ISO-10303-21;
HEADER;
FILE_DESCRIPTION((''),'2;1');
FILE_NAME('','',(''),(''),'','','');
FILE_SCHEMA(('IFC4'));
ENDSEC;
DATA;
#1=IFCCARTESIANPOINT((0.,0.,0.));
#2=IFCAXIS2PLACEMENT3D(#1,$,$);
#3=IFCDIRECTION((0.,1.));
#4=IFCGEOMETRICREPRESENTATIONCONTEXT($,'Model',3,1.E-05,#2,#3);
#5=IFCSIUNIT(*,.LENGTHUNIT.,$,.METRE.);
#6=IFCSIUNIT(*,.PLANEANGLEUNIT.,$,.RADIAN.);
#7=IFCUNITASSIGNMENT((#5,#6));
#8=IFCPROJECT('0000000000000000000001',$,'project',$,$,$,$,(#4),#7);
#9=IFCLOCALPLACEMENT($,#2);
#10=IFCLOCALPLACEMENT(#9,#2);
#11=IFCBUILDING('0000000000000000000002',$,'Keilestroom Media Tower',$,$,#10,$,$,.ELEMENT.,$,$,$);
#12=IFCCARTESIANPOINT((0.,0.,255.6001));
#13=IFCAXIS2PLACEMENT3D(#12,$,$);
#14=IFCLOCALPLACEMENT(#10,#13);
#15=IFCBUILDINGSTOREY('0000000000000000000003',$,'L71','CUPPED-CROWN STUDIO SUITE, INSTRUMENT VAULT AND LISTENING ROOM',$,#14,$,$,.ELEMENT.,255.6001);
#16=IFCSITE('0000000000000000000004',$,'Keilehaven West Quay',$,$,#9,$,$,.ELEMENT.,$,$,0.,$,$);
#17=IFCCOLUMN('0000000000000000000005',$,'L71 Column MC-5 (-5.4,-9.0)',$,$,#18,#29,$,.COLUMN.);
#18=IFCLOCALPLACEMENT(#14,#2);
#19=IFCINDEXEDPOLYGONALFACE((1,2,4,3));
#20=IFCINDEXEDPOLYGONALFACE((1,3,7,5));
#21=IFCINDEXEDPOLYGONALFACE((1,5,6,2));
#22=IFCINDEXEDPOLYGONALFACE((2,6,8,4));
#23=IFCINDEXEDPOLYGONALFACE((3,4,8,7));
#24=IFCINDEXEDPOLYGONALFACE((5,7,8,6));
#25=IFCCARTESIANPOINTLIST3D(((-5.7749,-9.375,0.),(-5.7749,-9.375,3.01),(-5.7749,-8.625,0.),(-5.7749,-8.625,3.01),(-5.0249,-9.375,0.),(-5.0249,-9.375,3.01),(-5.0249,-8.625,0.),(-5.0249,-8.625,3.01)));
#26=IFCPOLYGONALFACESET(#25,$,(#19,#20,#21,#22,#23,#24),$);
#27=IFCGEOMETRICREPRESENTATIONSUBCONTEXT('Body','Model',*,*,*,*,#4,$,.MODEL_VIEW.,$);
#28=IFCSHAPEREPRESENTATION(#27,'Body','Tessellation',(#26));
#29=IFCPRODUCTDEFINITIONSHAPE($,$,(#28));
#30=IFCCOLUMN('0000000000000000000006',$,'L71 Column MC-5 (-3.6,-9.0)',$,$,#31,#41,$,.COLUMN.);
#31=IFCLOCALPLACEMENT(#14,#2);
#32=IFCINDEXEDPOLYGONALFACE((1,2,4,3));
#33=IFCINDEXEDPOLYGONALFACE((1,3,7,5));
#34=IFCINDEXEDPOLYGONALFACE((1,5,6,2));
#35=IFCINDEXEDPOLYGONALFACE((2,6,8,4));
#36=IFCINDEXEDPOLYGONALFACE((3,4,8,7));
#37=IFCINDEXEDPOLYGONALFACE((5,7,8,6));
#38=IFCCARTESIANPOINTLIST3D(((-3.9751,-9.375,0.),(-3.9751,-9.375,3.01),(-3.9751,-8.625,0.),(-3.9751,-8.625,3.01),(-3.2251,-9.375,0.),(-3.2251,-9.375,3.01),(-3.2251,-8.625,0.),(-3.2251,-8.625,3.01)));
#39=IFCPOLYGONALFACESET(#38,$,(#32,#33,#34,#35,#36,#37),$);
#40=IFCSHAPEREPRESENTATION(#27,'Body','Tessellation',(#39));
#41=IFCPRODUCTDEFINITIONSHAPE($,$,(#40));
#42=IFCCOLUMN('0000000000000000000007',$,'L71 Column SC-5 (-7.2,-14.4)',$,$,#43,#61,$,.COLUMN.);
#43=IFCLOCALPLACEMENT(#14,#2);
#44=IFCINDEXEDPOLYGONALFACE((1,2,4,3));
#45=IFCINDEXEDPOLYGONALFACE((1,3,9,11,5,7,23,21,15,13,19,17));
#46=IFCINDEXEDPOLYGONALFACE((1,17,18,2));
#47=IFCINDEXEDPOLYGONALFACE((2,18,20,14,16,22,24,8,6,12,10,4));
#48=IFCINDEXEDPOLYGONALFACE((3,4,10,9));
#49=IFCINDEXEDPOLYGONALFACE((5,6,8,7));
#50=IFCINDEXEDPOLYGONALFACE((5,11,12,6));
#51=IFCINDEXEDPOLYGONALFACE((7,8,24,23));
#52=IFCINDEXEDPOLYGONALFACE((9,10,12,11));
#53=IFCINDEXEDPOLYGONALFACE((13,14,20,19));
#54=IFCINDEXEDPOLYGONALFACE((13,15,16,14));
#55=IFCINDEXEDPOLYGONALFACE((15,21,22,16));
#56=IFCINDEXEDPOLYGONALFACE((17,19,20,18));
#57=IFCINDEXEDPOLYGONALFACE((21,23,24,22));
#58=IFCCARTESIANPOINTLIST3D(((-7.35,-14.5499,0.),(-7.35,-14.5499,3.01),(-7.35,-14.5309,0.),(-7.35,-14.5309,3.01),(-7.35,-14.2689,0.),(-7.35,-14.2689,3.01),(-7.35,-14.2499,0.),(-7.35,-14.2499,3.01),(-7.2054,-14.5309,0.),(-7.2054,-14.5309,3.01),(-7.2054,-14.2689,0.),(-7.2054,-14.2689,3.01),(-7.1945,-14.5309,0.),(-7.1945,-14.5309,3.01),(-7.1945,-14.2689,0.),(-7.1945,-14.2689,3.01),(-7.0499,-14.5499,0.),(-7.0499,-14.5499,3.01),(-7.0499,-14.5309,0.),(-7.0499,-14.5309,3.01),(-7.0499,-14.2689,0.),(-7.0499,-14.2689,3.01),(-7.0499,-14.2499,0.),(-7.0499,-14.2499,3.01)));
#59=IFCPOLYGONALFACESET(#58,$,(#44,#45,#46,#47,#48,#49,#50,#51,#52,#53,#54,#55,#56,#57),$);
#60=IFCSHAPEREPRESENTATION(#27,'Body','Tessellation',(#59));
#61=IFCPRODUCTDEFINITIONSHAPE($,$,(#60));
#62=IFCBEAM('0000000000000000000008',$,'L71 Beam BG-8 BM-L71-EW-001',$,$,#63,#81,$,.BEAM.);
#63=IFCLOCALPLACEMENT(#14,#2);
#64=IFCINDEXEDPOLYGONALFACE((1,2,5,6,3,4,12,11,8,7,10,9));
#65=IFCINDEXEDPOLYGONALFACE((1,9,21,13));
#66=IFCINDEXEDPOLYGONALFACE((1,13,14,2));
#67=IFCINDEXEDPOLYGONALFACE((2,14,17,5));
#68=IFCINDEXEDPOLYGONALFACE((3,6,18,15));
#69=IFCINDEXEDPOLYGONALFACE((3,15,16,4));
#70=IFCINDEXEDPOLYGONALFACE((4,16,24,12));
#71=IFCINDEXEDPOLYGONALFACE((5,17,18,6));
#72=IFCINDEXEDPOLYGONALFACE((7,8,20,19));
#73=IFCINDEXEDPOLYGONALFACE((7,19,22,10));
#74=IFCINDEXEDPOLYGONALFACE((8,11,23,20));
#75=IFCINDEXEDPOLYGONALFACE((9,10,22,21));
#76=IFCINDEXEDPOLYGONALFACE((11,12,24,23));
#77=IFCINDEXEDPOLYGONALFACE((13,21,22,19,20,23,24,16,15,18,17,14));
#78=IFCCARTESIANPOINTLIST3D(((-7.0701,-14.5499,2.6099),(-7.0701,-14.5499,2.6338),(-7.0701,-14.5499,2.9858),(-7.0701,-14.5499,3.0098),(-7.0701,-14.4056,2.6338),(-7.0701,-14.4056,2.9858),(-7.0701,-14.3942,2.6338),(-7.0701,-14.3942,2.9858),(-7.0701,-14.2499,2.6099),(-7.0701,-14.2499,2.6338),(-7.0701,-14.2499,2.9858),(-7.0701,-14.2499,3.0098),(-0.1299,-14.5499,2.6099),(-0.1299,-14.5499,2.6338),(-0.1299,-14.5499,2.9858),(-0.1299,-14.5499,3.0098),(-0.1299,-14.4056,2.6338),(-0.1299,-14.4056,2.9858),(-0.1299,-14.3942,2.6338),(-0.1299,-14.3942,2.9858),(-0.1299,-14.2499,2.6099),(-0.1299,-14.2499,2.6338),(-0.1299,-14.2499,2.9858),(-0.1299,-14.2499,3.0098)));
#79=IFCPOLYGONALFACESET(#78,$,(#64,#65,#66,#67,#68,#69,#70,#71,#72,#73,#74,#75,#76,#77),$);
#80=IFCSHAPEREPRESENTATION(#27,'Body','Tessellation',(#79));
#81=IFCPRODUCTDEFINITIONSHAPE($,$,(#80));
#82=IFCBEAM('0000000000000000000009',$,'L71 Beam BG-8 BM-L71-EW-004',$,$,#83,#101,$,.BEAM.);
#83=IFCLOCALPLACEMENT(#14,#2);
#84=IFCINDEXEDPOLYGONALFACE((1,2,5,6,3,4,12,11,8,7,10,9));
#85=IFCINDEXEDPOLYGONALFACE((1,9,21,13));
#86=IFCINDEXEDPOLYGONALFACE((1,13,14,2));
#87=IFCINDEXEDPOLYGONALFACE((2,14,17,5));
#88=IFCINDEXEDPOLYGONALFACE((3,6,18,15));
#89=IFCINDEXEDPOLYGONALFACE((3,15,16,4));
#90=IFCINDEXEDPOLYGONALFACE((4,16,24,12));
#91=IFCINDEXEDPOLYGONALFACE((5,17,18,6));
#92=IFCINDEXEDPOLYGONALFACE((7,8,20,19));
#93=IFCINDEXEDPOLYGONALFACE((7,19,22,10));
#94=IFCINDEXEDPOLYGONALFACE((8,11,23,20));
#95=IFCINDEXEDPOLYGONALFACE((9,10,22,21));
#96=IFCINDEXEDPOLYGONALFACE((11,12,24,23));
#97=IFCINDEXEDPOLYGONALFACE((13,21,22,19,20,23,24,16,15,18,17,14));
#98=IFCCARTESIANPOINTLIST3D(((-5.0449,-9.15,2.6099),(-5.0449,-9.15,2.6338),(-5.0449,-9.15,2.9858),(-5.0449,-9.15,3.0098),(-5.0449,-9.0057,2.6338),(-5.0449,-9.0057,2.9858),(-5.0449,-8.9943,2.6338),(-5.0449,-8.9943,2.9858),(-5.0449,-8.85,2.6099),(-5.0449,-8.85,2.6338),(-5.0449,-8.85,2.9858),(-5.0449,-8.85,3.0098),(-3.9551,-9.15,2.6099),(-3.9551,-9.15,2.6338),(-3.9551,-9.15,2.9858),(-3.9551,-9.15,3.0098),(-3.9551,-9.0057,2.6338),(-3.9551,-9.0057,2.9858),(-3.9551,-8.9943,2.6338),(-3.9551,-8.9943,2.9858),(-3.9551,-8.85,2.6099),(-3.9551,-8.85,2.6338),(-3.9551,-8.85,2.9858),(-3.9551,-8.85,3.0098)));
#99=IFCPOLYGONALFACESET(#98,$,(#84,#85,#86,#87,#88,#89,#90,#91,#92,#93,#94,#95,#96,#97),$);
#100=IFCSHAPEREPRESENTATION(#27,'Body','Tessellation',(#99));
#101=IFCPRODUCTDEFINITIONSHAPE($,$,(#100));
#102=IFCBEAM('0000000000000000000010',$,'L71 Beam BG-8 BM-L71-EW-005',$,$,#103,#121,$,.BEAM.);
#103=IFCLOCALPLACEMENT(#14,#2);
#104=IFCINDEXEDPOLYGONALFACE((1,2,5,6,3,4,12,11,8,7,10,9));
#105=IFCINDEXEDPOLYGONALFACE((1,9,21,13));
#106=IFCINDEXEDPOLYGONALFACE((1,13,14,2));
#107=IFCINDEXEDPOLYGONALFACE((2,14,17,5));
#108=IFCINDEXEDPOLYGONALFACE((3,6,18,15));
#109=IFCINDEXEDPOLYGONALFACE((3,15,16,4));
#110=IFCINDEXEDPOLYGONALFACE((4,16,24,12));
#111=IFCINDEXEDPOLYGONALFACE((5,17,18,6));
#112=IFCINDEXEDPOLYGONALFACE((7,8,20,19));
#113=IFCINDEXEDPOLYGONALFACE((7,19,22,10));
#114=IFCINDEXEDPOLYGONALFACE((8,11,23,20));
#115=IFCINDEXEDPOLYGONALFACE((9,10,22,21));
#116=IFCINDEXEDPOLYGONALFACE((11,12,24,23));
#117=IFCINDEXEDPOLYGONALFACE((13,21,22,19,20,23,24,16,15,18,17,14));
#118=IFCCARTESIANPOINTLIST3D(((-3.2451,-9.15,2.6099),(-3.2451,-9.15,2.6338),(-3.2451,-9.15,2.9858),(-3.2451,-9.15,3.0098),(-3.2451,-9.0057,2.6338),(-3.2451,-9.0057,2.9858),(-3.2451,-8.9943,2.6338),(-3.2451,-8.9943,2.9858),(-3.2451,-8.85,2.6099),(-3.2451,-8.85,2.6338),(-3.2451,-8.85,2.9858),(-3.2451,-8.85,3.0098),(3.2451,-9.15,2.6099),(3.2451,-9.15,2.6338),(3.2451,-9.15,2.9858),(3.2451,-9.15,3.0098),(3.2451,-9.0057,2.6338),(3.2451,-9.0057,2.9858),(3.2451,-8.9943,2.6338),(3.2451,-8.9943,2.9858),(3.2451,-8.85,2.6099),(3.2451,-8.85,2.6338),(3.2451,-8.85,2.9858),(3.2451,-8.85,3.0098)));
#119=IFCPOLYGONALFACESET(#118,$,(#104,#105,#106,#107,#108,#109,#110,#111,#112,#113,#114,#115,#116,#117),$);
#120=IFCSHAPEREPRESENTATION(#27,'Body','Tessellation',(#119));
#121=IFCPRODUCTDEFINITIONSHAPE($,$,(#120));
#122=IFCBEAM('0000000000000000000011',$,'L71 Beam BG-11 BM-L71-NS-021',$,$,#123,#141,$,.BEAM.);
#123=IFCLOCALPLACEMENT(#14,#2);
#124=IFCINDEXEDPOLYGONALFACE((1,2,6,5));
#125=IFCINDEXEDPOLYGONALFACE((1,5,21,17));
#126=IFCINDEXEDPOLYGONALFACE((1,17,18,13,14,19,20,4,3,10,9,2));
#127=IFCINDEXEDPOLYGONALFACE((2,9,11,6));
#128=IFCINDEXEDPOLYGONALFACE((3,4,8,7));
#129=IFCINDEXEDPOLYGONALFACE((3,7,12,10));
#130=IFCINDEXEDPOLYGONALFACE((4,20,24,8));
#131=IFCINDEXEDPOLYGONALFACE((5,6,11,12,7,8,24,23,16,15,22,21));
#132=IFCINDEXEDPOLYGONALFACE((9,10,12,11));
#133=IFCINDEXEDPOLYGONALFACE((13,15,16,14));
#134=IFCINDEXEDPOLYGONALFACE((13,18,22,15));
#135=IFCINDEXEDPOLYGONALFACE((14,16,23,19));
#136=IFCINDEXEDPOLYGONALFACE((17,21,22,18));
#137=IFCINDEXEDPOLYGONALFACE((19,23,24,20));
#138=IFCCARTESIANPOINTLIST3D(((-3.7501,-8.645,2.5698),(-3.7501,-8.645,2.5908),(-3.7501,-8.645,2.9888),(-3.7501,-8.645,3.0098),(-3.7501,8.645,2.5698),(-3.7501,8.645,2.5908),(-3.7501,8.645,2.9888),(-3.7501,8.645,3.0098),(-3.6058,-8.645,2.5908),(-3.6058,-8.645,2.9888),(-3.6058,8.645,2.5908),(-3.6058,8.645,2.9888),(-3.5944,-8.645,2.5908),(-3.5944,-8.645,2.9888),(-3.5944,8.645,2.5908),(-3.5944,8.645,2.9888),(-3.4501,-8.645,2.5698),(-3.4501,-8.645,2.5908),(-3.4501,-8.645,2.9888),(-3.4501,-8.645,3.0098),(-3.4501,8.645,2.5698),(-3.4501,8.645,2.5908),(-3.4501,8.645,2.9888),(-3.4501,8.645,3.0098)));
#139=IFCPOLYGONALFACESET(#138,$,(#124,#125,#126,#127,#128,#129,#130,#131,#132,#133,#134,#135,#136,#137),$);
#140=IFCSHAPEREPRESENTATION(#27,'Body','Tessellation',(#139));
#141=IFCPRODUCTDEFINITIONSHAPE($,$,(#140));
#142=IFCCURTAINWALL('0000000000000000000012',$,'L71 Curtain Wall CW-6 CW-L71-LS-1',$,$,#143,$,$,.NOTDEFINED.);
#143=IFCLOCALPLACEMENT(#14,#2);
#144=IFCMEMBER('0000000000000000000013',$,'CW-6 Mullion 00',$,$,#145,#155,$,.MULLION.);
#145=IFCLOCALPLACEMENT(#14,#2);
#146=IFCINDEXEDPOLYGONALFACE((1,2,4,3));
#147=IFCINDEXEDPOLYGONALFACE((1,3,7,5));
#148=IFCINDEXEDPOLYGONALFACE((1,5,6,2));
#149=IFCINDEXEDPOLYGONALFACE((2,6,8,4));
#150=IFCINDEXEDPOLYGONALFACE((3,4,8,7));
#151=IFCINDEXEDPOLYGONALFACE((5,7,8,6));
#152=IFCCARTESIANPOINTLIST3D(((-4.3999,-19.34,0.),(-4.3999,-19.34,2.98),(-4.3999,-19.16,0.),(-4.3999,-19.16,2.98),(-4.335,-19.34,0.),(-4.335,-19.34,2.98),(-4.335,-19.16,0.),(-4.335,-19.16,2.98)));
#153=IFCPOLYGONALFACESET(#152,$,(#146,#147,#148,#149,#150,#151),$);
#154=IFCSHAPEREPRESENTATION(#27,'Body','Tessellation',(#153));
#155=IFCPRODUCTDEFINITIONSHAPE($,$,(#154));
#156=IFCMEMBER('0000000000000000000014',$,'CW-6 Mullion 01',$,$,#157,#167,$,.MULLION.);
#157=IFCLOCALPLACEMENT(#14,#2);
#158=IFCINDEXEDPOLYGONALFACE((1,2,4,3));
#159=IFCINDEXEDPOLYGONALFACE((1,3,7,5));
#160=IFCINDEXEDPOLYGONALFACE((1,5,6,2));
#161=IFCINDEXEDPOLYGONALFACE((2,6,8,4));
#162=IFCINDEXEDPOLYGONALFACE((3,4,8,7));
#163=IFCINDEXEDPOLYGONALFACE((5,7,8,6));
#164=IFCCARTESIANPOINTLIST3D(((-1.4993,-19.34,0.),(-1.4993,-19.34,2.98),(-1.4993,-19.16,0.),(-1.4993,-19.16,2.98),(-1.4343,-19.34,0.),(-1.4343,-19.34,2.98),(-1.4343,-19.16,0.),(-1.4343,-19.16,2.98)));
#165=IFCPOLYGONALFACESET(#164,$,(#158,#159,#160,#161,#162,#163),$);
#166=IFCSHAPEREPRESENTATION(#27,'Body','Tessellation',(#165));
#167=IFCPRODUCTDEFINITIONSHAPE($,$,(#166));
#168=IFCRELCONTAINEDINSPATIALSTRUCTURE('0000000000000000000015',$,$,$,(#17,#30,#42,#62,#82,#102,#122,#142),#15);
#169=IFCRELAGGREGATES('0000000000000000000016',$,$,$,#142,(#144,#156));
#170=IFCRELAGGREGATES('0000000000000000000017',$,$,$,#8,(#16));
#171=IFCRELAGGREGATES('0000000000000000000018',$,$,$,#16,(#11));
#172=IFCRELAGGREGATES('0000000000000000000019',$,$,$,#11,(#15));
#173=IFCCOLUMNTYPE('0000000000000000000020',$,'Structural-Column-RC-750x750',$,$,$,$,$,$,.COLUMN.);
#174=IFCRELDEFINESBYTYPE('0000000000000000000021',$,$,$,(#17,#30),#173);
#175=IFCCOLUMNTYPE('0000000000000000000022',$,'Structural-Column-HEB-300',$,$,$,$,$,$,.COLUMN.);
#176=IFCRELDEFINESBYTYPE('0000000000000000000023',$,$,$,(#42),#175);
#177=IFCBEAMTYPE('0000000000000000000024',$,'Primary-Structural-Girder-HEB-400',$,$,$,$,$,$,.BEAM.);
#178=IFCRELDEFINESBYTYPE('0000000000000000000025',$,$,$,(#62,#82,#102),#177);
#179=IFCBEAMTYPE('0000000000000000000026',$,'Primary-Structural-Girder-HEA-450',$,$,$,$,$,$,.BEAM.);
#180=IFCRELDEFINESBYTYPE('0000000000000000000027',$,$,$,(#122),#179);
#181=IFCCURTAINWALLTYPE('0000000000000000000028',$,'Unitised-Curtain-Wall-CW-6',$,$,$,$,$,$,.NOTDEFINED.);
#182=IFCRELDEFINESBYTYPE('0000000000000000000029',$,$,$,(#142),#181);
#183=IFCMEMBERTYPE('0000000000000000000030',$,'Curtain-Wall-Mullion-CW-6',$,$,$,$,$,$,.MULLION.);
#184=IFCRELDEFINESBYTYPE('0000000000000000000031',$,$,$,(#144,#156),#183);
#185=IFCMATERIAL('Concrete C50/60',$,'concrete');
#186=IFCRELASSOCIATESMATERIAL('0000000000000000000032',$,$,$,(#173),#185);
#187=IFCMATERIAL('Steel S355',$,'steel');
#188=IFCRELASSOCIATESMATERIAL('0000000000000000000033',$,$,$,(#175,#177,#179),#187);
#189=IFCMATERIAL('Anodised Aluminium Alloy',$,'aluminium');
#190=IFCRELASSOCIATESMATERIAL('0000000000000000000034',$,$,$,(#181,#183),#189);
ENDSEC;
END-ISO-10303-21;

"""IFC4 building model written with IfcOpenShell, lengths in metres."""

from ifc_helpers import new_model, si_unit, direction, frame, origin, origin_2d, place, context, subcontext, project, spatial, rectangle, i_section, extrude, source, transform, mapped, material, material_profile, profile_set, type_object, element, aggregate, save


model = new_model("IFC4")

# Units and contexts
model_context = context("Model", 3, precision=1e-05, world=origin(), true_north=direction((0.0, 1.0)))
body_context = subcontext(model_context, "Body", "Model", "MODEL_VIEW")
ifc_project = project(units=[si_unit("LENGTHUNIT", "METRE"), si_unit("PLANEANGLEUNIT", "RADIAN")], contexts=[model_context])

# Site, building, storey
site_placement = place(None, origin())
site = spatial("IfcSite", under=ifc_project, at=site_placement, Name="Keilehaven West Quay", CompositionType="ELEMENT", RefElevation=0.0)
building_placement = place(site_placement, origin())
building = spatial("IfcBuilding", under=site, at=building_placement, Name="Keilestroom Media Tower", CompositionType="ELEMENT")
storey_placement = place(building_placement, frame((0.0, 0.0, 255.6001)))
storey = spatial("IfcBuildingStorey", under=building, at=storey_placement, Name="L71", Description="CUPPED-CROWN STUDIO SUITE, INSTRUMENT VAULT AND LISTENING ROOM", CompositionType="ELEMENT", Elevation=255.6001)

# Columns
ifc_material_1 = material(Name="Concrete C50/60", Category="concrete")
ifc_material_profile_1 = material_profile(ifc_material_1, rectangle(XDim=0.75, YDim=0.75, at=origin_2d()), Name="RC 750x750")
ifc_profile_set_1 = profile_set([ifc_material_profile_1], Name="Concrete C50/60")
column_type_1 = type_object("IfcColumnType", Name="Structural-Column-RC-750x750", PredefinedType="COLUMN", material=ifc_profile_set_1)
shared_shape_1 = source(origin(), body_context, "Body", "SweptSolid", [
    extrude(rectangle(XDim=0.75, YDim=0.75, at=origin_2d()), origin(), (0.0, 0.0, 1.0), 3.01),
])
for number, where, z_axis, x_axis, name in (
    (1, (-5.3999, -9.0, 0.0), (0.0, 0.0, 1.0), (1.0, 0.0, 0.0), "L71 Column MC-5 (-5.4,-9.0)"),
    (2, (-3.6001, -9.0, 0.0), (0.0, 0.0, 1.0), (1.0, 0.0, 0.0), "L71 Column MC-5 (-3.6,-9.0)"),
):
    element("IfcColumn", number, at=place(storey_placement, frame(where, z_axis=z_axis, x_axis=x_axis)), inside=storey, type_object=column_type_1, Name=name, PredefinedType="COLUMN", context=body_context, shape_type="MappedRepresentation", body=[
        mapped(shared_shape_1, transform((0.0, 0.0, 0.0), x_axis=(1.0, 0.0, 0.0), y_axis=(0.0, 1.0, 0.0), z_axis=(0.0, 0.0, 1.0), scale=1.0)),
    ])
ifc_material_2 = material(Name="Steel S355", Category="steel")
ifc_material_profile_2 = material_profile(ifc_material_2, i_section(OverallWidth=0.3, OverallDepth=0.3, WebThickness=0.011, FlangeThickness=0.019, at=origin_2d()), Name="HEB 300")
ifc_profile_set_2 = profile_set([ifc_material_profile_2], Name="Steel S355")
column_type_2 = type_object("IfcColumnType", Name="Structural-Column-HEB-300", PredefinedType="COLUMN", material=ifc_profile_set_2)
shared_shape_2 = source(origin(), body_context, "Body", "SweptSolid", [
    extrude(i_section(OverallWidth=0.3, OverallDepth=0.3, WebThickness=0.011, FlangeThickness=0.019, at=origin_2d()), origin(), (0.0, 0.0, 1.0), 3.01),
])
column_placement = place(storey_placement, frame((-7.2, -14.3999, 0.0), z_axis=(0.0, 0.0, 1.0), x_axis=(1.0, 0.0, 0.0)))
element("IfcColumn", 3, at=column_placement, inside=storey, type_object=column_type_2, Name="L71 Column SC-5 (-7.2,-14.4)", PredefinedType="COLUMN", context=body_context, shape_type="MappedRepresentation", body=[
    mapped(shared_shape_2, transform((0.0, 0.0, 0.0), x_axis=(1.0, 0.0, 0.0), y_axis=(0.0, 1.0, 0.0), z_axis=(0.0, 0.0, 1.0), scale=1.0)),
])

# Beams
ifc_material_profile_3 = material_profile(ifc_material_2, i_section(OverallWidth=0.3, OverallDepth=0.3999, WebThickness=0.0115, FlangeThickness=0.0239, at=origin_2d()), Name="HEB 400")
ifc_profile_set_3 = profile_set([ifc_material_profile_3], Name="Steel S355")
beam_type_1 = type_object("IfcBeamType", Name="Primary-Structural-Girder-HEB-400", PredefinedType="BEAM", material=ifc_profile_set_3)
shared_shape_3 = source(origin(), body_context, "Body", "SweptSolid", [
    extrude(i_section(OverallWidth=0.3, OverallDepth=0.3999, WebThickness=0.0115, FlangeThickness=0.0239, at=origin_2d()), origin(), (0.0, 0.0, 1.0), 6.9402),
])
beam_1_placement = place(storey_placement, frame((-7.0701, -14.3999, 2.8098), z_axis=(1.0, 0.0, 0.0), x_axis=(0.0, 1.0, 0.0)))
element("IfcBeam", 4, at=beam_1_placement, inside=storey, type_object=beam_type_1, Name="L71 Beam BG-8 BM-L71-EW-001", PredefinedType="BEAM", context=body_context, shape_type="MappedRepresentation", body=[
    mapped(shared_shape_3, transform((0.0, 0.0, 0.0), x_axis=(1.0, 0.0, 0.0), y_axis=(0.0, 1.0, 0.0), z_axis=(0.0, 0.0, 1.0), scale=1.0)),
])
shared_shape_4 = source(origin(), body_context, "Body", "SweptSolid", [
    extrude(i_section(OverallWidth=0.3, OverallDepth=0.3999, WebThickness=0.0115, FlangeThickness=0.0239, at=origin_2d()), origin(), (0.0, 0.0, 1.0), 1.0898),
])
beam_2_placement = place(storey_placement, frame((-5.0449, -9.0, 2.8098), z_axis=(1.0, 0.0, 0.0), x_axis=(0.0, 1.0, 0.0)))
element("IfcBeam", 5, at=beam_2_placement, inside=storey, type_object=beam_type_1, Name="L71 Beam BG-8 BM-L71-EW-004", PredefinedType="BEAM", context=body_context, shape_type="MappedRepresentation", body=[
    mapped(shared_shape_4, transform((0.0, 0.0, 0.0), x_axis=(1.0, 0.0, 0.0), y_axis=(0.0, 1.0, 0.0), z_axis=(0.0, 0.0, 1.0), scale=1.0)),
])
shared_shape_5 = source(origin(), body_context, "Body", "SweptSolid", [
    extrude(i_section(OverallWidth=0.3, OverallDepth=0.3999, WebThickness=0.0115, FlangeThickness=0.0239, at=origin_2d()), origin(), (0.0, 0.0, 1.0), 6.4902),
])
beam_3_placement = place(storey_placement, frame((-3.2451, -9.0, 2.8098), z_axis=(1.0, 0.0, 0.0), x_axis=(0.0, 1.0, 0.0)))
element("IfcBeam", 6, at=beam_3_placement, inside=storey, type_object=beam_type_1, Name="L71 Beam BG-8 BM-L71-EW-005", PredefinedType="BEAM", context=body_context, shape_type="MappedRepresentation", body=[
    mapped(shared_shape_5, transform((0.0, 0.0, 0.0), x_axis=(1.0, 0.0, 0.0), y_axis=(0.0, 1.0, 0.0), z_axis=(0.0, 0.0, 1.0), scale=1.0)),
])
ifc_material_profile_4 = material_profile(ifc_material_2, i_section(OverallWidth=0.3, OverallDepth=0.4399, WebThickness=0.0115, FlangeThickness=0.021, at=origin_2d()), Name="HEA 450")
ifc_profile_set_4 = profile_set([ifc_material_profile_4], Name="Steel S355")
beam_type_2 = type_object("IfcBeamType", Name="Primary-Structural-Girder-HEA-450", PredefinedType="BEAM", material=ifc_profile_set_4)
shared_shape_6 = source(origin(), body_context, "Body", "SweptSolid", [
    extrude(i_section(OverallWidth=0.3, OverallDepth=0.4399, WebThickness=0.0115, FlangeThickness=0.021, at=origin_2d()), origin(), (0.0, 0.0, 1.0), 17.29),
])
beam_4_placement = place(storey_placement, frame((-3.6001, -8.645, 2.7898), z_axis=(0.0, 1.0, 0.0), x_axis=(-1.0, 0.0, 0.0)))
element("IfcBeam", 7, at=beam_4_placement, inside=storey, type_object=beam_type_2, Name="L71 Beam BG-11 BM-L71-NS-021", PredefinedType="BEAM", context=body_context, shape_type="MappedRepresentation", body=[
    mapped(shared_shape_6, transform((0.0, 0.0, 0.0), x_axis=(1.0, 0.0, 0.0), y_axis=(0.0, 1.0, 0.0), z_axis=(0.0, 0.0, 1.0), scale=1.0)),
])

# Curtain wall, members
ifc_material_3 = material(Name="Anodised Aluminium Alloy", Category="aluminium")
curtain_wall_type = type_object("IfcCurtainWallType", Name="Unitised-Curtain-Wall-CW-6", PredefinedType="NOTDEFINED", material=ifc_material_3)
curtain_wall_placement = place(storey_placement, origin())
curtain_wall = element("IfcCurtainWall", 8, at=curtain_wall_placement, inside=storey, type_object=curtain_wall_type, Name="L71 Curtain Wall CW-6 CW-L71-LS-1", PredefinedType="NOTDEFINED")
ifc_material_profile_5 = material_profile(ifc_material_3, rectangle(XDim=0.0649, YDim=0.1799, at=origin_2d()), Name="ALU MULLION 65x180")
ifc_profile_set_5 = profile_set([ifc_material_profile_5], Name="Anodised Aluminium Alloy")
member_type_1 = type_object("IfcMemberType", Name="Curtain-Wall-Mullion-CW-6", PredefinedType="MULLION", material=ifc_profile_set_5)
shared_shape_7 = source(origin(), body_context, "Body", "SweptSolid", [
    extrude(rectangle(XDim=0.0649, YDim=0.1799, at=origin_2d()), origin(), (0.0, 0.0, 1.0), 2.98),
])
member_1_placement = place(storey_placement, frame((-4.3674, -19.25, 0.0), z_axis=(0.0, 0.0, 1.0), x_axis=(1.0, 0.0, 0.0)))
member_1 = element("IfcMember", 9, at=member_1_placement, type_object=member_type_1, Name="CW-6 Mullion 00", PredefinedType="MULLION", context=body_context, shape_type="MappedRepresentation", body=[
    mapped(shared_shape_7, transform((0.0, 0.0, 0.0), x_axis=(1.0, 0.0, 0.0), y_axis=(0.0, 1.0, 0.0), z_axis=(0.0, 0.0, 1.0), scale=1.0)),
])
member_2_placement = place(storey_placement, frame((-1.4668, -19.25, 0.0), z_axis=(0.0, 0.0, 1.0), x_axis=(1.0, 0.0, 0.0)))
member_2 = element("IfcMember", 10, at=member_2_placement, type_object=member_type_1, Name="CW-6 Mullion 01", PredefinedType="MULLION", context=body_context, shape_type="MappedRepresentation", body=[
    mapped(shared_shape_7, transform((0.0, 0.0, 0.0), x_axis=(1.0, 0.0, 0.0), y_axis=(0.0, 1.0, 0.0), z_axis=(0.0, 0.0, 1.0), scale=1.0)),
])
aggregate(curtain_wall, [member_1, member_2])

save(model, "model.ifc")
